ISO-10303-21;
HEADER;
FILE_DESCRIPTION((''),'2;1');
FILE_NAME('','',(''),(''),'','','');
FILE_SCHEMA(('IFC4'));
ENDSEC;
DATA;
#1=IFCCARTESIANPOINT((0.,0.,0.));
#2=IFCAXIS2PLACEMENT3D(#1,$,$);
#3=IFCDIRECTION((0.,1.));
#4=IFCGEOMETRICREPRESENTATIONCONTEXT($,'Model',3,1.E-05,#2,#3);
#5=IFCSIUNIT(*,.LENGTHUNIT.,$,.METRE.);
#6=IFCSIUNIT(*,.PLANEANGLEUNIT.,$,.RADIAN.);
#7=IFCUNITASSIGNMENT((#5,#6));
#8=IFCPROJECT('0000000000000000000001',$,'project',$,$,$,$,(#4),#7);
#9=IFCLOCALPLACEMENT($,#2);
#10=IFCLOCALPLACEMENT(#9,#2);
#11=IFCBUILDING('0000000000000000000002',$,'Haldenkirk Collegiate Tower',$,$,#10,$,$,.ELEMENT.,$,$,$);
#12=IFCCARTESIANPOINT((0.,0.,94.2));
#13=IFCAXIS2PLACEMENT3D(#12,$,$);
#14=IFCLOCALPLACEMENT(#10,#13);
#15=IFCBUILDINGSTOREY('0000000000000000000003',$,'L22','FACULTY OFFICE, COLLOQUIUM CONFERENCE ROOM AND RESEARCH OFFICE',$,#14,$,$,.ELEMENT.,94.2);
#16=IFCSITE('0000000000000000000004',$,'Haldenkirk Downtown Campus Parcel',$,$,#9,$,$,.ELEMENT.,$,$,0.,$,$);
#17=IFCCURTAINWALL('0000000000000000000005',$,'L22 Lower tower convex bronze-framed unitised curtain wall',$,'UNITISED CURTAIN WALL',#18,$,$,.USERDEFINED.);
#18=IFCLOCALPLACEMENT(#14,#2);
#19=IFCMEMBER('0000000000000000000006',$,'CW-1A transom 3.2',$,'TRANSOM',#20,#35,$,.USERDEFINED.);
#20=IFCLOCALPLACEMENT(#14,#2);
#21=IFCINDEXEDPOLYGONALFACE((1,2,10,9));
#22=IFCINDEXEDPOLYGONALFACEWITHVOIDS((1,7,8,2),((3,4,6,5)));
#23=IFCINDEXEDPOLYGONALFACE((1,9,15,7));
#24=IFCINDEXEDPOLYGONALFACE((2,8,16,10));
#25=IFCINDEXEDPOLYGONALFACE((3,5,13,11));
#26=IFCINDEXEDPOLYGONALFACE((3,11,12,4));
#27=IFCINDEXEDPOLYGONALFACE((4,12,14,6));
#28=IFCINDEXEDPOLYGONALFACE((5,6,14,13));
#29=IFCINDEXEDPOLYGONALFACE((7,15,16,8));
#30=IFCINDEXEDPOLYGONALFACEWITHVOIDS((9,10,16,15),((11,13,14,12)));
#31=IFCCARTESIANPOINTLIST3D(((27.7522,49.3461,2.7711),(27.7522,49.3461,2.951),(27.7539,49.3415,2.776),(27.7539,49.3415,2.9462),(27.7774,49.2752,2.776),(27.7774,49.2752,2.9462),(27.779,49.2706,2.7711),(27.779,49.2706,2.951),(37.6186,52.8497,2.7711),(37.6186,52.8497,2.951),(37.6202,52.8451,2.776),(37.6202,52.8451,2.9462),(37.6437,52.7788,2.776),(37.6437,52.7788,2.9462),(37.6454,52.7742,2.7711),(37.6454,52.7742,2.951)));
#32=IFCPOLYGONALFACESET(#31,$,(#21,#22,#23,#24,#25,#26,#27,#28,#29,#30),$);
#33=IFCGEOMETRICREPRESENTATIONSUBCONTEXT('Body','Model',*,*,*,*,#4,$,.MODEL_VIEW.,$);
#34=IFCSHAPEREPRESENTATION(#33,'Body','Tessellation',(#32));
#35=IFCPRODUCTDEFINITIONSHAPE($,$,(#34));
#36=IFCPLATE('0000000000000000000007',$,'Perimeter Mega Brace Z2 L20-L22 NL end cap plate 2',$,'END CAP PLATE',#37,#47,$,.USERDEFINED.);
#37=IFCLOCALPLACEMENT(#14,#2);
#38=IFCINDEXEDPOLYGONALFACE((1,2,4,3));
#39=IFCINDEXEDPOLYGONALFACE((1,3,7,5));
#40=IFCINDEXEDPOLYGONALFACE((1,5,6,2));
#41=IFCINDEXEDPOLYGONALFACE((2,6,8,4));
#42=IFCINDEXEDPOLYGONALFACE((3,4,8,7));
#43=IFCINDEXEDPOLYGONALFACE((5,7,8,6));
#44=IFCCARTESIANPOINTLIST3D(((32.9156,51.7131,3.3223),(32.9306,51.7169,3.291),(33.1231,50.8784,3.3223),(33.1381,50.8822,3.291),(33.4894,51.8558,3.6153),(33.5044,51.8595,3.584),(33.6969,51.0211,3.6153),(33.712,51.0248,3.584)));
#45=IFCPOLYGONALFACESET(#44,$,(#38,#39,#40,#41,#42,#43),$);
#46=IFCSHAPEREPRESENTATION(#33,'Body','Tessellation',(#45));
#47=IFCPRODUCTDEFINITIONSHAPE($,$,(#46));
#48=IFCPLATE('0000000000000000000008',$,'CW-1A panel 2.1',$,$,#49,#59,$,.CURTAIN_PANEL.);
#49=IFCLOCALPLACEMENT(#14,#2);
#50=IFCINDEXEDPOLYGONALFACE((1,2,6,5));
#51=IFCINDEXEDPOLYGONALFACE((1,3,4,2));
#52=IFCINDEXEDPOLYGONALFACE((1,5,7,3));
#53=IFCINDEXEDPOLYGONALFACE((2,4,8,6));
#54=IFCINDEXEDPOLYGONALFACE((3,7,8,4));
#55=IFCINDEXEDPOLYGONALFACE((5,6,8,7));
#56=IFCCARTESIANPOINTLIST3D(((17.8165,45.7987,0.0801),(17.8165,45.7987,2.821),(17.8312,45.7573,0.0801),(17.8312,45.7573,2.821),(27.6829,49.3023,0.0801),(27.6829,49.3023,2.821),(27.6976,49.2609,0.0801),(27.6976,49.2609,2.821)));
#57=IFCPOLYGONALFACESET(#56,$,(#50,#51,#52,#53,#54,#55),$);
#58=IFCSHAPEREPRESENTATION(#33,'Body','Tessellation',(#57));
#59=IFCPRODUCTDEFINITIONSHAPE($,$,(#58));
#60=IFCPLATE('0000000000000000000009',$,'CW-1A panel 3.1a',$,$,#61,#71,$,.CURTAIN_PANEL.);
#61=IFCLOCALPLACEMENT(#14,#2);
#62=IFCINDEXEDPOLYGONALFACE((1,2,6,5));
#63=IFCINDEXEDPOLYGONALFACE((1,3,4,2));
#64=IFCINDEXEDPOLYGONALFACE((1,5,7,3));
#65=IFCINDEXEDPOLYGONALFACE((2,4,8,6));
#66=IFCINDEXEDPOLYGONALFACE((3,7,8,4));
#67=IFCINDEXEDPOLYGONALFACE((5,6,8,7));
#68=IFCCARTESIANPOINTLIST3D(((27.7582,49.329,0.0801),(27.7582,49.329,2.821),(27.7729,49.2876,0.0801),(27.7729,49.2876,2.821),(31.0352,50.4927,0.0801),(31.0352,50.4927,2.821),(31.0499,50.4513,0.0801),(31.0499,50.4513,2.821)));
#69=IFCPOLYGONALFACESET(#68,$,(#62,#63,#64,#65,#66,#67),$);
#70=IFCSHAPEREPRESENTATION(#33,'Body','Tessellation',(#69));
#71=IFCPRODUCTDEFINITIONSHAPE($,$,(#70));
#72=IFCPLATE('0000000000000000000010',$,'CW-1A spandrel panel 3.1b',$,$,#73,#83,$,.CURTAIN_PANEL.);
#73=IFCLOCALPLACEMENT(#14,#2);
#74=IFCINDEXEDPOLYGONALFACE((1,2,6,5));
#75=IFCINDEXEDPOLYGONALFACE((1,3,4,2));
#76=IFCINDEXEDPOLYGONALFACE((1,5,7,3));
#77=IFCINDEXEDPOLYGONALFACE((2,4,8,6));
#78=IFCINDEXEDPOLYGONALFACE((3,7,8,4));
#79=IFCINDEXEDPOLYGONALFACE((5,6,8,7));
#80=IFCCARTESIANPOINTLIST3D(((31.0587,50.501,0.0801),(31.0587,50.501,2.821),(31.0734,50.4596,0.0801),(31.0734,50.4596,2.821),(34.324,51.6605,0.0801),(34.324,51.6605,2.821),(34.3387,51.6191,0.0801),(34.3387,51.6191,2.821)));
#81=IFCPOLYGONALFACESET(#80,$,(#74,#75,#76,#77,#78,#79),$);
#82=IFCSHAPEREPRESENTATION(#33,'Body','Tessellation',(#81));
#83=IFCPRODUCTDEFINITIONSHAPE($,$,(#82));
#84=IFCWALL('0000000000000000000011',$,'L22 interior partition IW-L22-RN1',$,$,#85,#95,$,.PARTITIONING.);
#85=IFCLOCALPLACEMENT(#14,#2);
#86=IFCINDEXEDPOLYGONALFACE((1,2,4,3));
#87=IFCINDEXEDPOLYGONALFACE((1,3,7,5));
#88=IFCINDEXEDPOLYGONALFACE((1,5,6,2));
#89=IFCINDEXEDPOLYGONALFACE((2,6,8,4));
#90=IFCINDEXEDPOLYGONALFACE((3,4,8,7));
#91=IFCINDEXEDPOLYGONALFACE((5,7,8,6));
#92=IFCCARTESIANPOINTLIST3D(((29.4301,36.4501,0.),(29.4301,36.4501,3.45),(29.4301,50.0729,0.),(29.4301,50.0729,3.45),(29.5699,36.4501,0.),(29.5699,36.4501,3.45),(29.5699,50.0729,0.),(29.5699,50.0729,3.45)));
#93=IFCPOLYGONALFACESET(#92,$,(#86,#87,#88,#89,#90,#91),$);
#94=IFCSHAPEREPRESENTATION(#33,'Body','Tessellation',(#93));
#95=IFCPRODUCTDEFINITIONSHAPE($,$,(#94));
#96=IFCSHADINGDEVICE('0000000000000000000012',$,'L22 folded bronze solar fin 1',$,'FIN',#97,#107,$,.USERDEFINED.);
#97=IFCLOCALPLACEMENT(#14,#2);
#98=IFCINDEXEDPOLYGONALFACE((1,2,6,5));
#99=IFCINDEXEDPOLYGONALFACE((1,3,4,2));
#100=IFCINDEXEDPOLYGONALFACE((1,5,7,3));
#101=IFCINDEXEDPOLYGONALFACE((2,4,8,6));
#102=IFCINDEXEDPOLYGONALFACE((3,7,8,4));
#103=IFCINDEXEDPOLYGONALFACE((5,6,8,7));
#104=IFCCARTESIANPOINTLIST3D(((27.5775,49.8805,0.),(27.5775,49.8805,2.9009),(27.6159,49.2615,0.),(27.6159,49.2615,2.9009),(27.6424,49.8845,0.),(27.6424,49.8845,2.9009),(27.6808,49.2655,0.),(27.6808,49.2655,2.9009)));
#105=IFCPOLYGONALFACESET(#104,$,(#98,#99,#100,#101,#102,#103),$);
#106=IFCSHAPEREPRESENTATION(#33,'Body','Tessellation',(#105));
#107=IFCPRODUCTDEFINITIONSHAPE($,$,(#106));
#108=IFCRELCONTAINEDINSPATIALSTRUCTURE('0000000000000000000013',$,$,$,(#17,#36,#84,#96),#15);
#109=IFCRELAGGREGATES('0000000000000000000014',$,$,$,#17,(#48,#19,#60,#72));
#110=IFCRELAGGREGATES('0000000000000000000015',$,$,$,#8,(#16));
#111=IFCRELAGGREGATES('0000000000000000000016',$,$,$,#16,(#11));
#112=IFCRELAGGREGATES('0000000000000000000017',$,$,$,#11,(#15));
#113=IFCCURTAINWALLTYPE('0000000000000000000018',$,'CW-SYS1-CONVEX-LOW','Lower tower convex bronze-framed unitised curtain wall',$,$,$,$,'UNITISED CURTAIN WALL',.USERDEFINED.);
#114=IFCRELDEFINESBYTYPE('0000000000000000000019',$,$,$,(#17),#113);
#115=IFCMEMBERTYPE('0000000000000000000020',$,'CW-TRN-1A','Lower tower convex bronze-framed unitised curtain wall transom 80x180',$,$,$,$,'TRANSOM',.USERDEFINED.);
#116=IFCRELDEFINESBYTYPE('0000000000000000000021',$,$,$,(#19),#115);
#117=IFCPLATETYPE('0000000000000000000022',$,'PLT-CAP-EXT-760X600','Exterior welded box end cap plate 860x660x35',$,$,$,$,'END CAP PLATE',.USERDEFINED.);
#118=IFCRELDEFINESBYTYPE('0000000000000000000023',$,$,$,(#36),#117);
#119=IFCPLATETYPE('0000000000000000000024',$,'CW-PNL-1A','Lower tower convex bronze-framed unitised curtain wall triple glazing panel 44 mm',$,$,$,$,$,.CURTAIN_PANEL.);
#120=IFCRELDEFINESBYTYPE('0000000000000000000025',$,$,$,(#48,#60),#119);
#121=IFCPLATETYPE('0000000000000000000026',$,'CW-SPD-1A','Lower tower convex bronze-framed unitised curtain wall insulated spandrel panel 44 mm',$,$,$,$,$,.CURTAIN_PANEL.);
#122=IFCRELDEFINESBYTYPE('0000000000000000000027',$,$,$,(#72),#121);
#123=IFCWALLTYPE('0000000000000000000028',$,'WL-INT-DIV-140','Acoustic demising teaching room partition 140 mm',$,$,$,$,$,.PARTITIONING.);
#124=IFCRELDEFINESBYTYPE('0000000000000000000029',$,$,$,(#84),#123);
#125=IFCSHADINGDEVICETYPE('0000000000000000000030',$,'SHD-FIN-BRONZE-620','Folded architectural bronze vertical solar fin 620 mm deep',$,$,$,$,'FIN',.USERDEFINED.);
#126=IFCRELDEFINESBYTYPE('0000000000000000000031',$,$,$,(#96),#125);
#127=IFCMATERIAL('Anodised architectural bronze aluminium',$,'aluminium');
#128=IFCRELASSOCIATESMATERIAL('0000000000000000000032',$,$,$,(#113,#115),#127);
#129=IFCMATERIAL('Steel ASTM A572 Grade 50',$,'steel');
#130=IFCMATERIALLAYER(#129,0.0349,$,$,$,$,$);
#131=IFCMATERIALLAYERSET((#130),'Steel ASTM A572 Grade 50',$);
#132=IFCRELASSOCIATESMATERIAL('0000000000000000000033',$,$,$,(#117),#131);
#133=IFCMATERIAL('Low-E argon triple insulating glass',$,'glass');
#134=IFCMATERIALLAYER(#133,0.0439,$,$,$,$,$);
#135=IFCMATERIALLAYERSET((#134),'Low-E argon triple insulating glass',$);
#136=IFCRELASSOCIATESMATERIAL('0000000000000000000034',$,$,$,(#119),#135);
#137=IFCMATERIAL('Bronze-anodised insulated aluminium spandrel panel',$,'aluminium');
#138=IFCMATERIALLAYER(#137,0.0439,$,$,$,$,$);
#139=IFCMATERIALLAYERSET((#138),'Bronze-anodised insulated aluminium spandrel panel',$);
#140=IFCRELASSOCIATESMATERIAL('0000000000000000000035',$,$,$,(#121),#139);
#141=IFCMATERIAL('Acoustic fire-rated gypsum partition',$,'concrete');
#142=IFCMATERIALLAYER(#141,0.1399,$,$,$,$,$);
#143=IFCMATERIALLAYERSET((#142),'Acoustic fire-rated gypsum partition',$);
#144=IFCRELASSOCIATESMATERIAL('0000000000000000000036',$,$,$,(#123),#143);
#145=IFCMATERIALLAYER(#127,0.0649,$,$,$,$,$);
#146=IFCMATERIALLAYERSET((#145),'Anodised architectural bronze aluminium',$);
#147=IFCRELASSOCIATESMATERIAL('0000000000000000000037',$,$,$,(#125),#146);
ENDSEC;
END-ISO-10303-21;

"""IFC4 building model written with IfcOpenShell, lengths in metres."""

from ifc_helpers import new_model, si_unit, direction, frame, frame_2d, origin, origin_2d, place, context, subcontext, project, spatial, rectangle, hollow_rectangle, extrude, source, transform, mapped, material, layer, layer_set, material_profile, profile_set, type_object, element, aggregate, save


model = new_model("IFC4")

# Units and contexts
model_context = context("Model", 3, precision=1e-05, world=origin(), true_north=direction((0.0, 1.0)))
body_context = subcontext(model_context, "Body", "Model", "MODEL_VIEW")
ifc_project = project(units=[si_unit("LENGTHUNIT", "METRE"), si_unit("PLANEANGLEUNIT", "RADIAN")], contexts=[model_context])

# Site, building, storey
site_placement = place(None, origin())
site = spatial("IfcSite", under=ifc_project, at=site_placement, Name="Haldenkirk Downtown Campus Parcel", CompositionType="ELEMENT", RefElevation=0.0)
building_placement = place(site_placement, origin())
building = spatial("IfcBuilding", under=site, at=building_placement, Name="Haldenkirk Collegiate Tower", CompositionType="ELEMENT")
storey_placement = place(building_placement, frame((0.0, 0.0, 94.2)))
storey = spatial("IfcBuildingStorey", under=building, at=storey_placement, Name="L22", Description="FACULTY OFFICE, COLLOQUIUM CONFERENCE ROOM AND RESEARCH OFFICE", CompositionType="ELEMENT", Elevation=94.2)

# Curtain wall, member
ifc_material_1 = material(Name="Anodised architectural bronze aluminium", Category="aluminium")
curtain_wall_type = type_object("IfcCurtainWallType", Name="CW-SYS1-CONVEX-LOW", Description="Lower tower convex bronze-framed unitised curtain wall", ElementType="UNITISED CURTAIN WALL", PredefinedType="USERDEFINED", material=ifc_material_1)
curtain_wall_placement = place(storey_placement, origin())
curtain_wall = element("IfcCurtainWall", 1, at=curtain_wall_placement, inside=storey, type_object=curtain_wall_type, Name="L22 Lower tower convex bronze-framed unitised curtain wall", ObjectType="UNITISED CURTAIN WALL", PredefinedType="USERDEFINED")
ifc_material_profile_1 = material_profile(ifc_material_1, hollow_rectangle(XDim=0.0801, YDim=0.1799, WallThickness=0.0049, at=origin_2d()), Name="CW-TRN-1A")
ifc_profile_set_1 = profile_set([ifc_material_profile_1], Name="Anodised architectural bronze aluminium")
member_type_1 = type_object("IfcMemberType", Name="CW-TRN-1A", Description="Lower tower convex bronze-framed unitised curtain wall transom 80x180", ElementType="TRANSOM", PredefinedType="USERDEFINED", material=ifc_profile_set_1)
member_1_placement = place(storey_placement, frame((27.7656, 49.3083, 2.8611), z_axis=(0.942348, 0.334636, 0.0), x_axis=(-0.334636, 0.942348, 0.0)))
member_1 = element("IfcMember", 2, at=member_1_placement, type_object=member_type_1, Name="CW-1A transom 3.2", ObjectType="TRANSOM", PredefinedType="USERDEFINED", context=body_context, shape_type="SweptSolid", body=[
    extrude(hollow_rectangle(XDim=0.0801, YDim=0.1799, WallThickness=0.0049, at=origin_2d()), origin(), (0.0, 0.0, 1.0), 10.47),
])

# Plates
ifc_material_2 = material(Name="Steel ASTM A572 Grade 50", Category="steel")
ifc_layer_1 = layer(ifc_material_2, 0.0349)
ifc_layer_set_1 = layer_set([ifc_layer_1], Name="Steel ASTM A572 Grade 50")
plate_type_1 = type_object("IfcPlateType", Name="PLT-CAP-EXT-760X600", Description="Exterior welded box end cap plate 860x660x35", ElementType="END CAP PLATE", PredefinedType="USERDEFINED", material=ifc_layer_set_1)
shared_shape_1 = source(origin(), body_context, "Body", "SweptSolid", [
    extrude(rectangle(XDim=0.8601, YDim=0.6599, at=origin_2d()), origin(), (0.0, 0.0, 1.0), 0.0349),
])
plate_1_placement = place(storey_placement, frame((33.3213, 51.3708, 3.4375), z_axis=(-0.430866, -0.107132, 0.896034), x_axis=(0.241296, -0.970452, 0.0)))
element("IfcPlate", 3, at=plate_1_placement, inside=storey, type_object=plate_type_1, Name="Perimeter Mega Brace Z2 L20-L22 NL end cap plate 2", ObjectType="END CAP PLATE", PredefinedType="USERDEFINED", context=body_context, shape_type="MappedRepresentation", body=[
    mapped(shared_shape_1, transform((0.0, 0.0, 0.0), x_axis=(1.0, 0.0, 0.0), y_axis=(0.0, 1.0, 0.0), z_axis=(0.0, 0.0, 1.0), scale=1.0)),
])
ifc_material_3 = material(Name="Low-E argon triple insulating glass", Category="glass")
ifc_layer_2 = layer(ifc_material_3, 0.0439)
ifc_layer_set_2 = layer_set([ifc_layer_2], Name="Low-E argon triple insulating glass")
plate_type_2 = type_object("IfcPlateType", Name="CW-PNL-1A", Description="Lower tower convex bronze-framed unitised curtain wall triple glazing panel 44 mm", PredefinedType="CURTAIN_PANEL", material=ifc_layer_set_2)
shared_shape_2 = source(origin(), body_context, "Body", "SweptSolid", [
    extrude(rectangle(XDim=10.47, YDim=0.0439, at=origin_2d()), origin(), (0.0, 0.0, 1.0), 2.741),
])
plate_2_placement = place(storey_placement, frame((22.7571, 47.5298, 0.0801), z_axis=(0.0, 0.0, 1.0), x_axis=(0.94235, 0.334628, 0.0)))
plate_2 = element("IfcPlate", 4, at=plate_2_placement, type_object=plate_type_2, Name="CW-1A panel 2.1", PredefinedType="CURTAIN_PANEL", context=body_context, shape_type="MappedRepresentation", body=[
    mapped(shared_shape_2, transform((0.0, 0.0, 0.0), x_axis=(1.0, 0.0, 0.0), y_axis=(0.0, 1.0, 0.0), z_axis=(0.0, 0.0, 1.0), scale=1.0)),
])
shared_shape_3 = source(origin(), body_context, "Body", "SweptSolid", [
    extrude(rectangle(XDim=3.4775, YDim=0.0439, at=origin_2d()), origin(), (0.0, 0.0, 1.0), 2.741),
])
plate_3_placement = place(storey_placement, frame((29.4041, 49.8901, 0.0801), z_axis=(0.0, 0.0, 1.0), x_axis=(0.94235, 0.334628, 0.0)))
plate_3 = element("IfcPlate", 5, at=plate_3_placement, type_object=plate_type_2, Name="CW-1A panel 3.1a", PredefinedType="CURTAIN_PANEL", context=body_context, shape_type="MappedRepresentation", body=[
    mapped(shared_shape_3, transform((0.0, 0.0, 0.0), x_axis=(1.0, 0.0, 0.0), y_axis=(0.0, 1.0, 0.0), z_axis=(0.0, 0.0, 1.0), scale=1.0)),
])
ifc_material_4 = material(Name="Bronze-anodised insulated aluminium spandrel panel", Category="aluminium")
ifc_layer_3 = layer(ifc_material_4, 0.0439)
ifc_layer_set_3 = layer_set([ifc_layer_3], Name="Bronze-anodised insulated aluminium spandrel panel")
plate_type_3 = type_object("IfcPlateType", Name="CW-SPD-1A", Description="Lower tower convex bronze-framed unitised curtain wall insulated spandrel panel 44 mm", PredefinedType="CURTAIN_PANEL", material=ifc_layer_set_3)
shared_shape_4 = source(origin(), body_context, "Body", "SweptSolid", [
    extrude(rectangle(XDim=3.4651, YDim=0.0439, at=origin_2d()), origin(), (0.0, 0.0, 1.0), 2.741),
])
plate_4_placement = place(storey_placement, frame((32.6987, 51.0601, 0.0801), z_axis=(0.0, 0.0, 1.0), x_axis=(0.94235, 0.334628, 0.0)))
plate_4 = element("IfcPlate", 6, at=plate_4_placement, type_object=plate_type_3, Name="CW-1A spandrel panel 3.1b", PredefinedType="CURTAIN_PANEL", context=body_context, shape_type="MappedRepresentation", body=[
    mapped(shared_shape_4, transform((0.0, 0.0, 0.0), x_axis=(1.0, 0.0, 0.0), y_axis=(0.0, 1.0, 0.0), z_axis=(0.0, 0.0, 1.0), scale=1.0)),
])
aggregate(curtain_wall, [plate_2, member_1, plate_3, plate_4])

# Shared definitions
ifc_material_5 = material(Name="Acoustic fire-rated gypsum partition", Category="concrete")

# Wall
ifc_layer_4 = layer(ifc_material_5, 0.1399)
ifc_layer_set_4 = layer_set([ifc_layer_4], Name="Acoustic fire-rated gypsum partition")
wall_type_1 = type_object("IfcWallType", Name="WL-INT-DIV-140", Description="Acoustic demising teaching room partition 140 mm", PredefinedType="PARTITIONING", material=ifc_layer_set_4)
wall_1_placement = place(storey_placement, frame((29.5, 36.45, 0.0), z_axis=(0.0, 0.0, 1.0), x_axis=(0.0, 1.0, 0.0)))
element("IfcWall", 7, at=wall_1_placement, inside=storey, type_object=wall_type_1, Name="L22 interior partition IW-L22-RN1", PredefinedType="PARTITIONING", context=body_context, shape_type="SweptSolid", body=[
    extrude(rectangle(XDim=13.6228, YDim=0.1399, at=frame_2d((6.8115, 0.0))), origin(), (0.0, 0.0, 1.0), 3.45),
])

# Shading device
ifc_layer_5 = layer(ifc_material_1, 0.0649)
ifc_layer_set_5 = layer_set([ifc_layer_5], Name="Anodised architectural bronze aluminium")
shading_device_type = type_object("IfcShadingDeviceType", Name="SHD-FIN-BRONZE-620", Description="Folded architectural bronze vertical solar fin 620 mm deep", ElementType="FIN", PredefinedType="USERDEFINED", material=ifc_layer_set_5)
shared_shape_5 = source(origin(), body_context, "Body", "SweptSolid", [
    extrude(rectangle(XDim=0.6201, YDim=0.0649, at=origin_2d()), origin(), (0.0, 0.0, 1.0), 2.9009),
])
shading_device_placement = place(storey_placement, frame((27.6292, 49.573, 0.0), z_axis=(0.0, 0.0, 1.0), x_axis=(-0.06192, 0.998081, 0.0)))
element("IfcShadingDevice", 8, at=shading_device_placement, inside=storey, type_object=shading_device_type, Name="L22 folded bronze solar fin 1", ObjectType="FIN", PredefinedType="USERDEFINED", context=body_context, shape_type="MappedRepresentation", body=[
    mapped(shared_shape_5, transform((0.0, 0.0, 0.0), x_axis=(1.0, 0.0, 0.0), y_axis=(0.0, 1.0, 0.0), z_axis=(0.0, 0.0, 1.0), scale=1.0)),
])

save(model, "model.ifc")
